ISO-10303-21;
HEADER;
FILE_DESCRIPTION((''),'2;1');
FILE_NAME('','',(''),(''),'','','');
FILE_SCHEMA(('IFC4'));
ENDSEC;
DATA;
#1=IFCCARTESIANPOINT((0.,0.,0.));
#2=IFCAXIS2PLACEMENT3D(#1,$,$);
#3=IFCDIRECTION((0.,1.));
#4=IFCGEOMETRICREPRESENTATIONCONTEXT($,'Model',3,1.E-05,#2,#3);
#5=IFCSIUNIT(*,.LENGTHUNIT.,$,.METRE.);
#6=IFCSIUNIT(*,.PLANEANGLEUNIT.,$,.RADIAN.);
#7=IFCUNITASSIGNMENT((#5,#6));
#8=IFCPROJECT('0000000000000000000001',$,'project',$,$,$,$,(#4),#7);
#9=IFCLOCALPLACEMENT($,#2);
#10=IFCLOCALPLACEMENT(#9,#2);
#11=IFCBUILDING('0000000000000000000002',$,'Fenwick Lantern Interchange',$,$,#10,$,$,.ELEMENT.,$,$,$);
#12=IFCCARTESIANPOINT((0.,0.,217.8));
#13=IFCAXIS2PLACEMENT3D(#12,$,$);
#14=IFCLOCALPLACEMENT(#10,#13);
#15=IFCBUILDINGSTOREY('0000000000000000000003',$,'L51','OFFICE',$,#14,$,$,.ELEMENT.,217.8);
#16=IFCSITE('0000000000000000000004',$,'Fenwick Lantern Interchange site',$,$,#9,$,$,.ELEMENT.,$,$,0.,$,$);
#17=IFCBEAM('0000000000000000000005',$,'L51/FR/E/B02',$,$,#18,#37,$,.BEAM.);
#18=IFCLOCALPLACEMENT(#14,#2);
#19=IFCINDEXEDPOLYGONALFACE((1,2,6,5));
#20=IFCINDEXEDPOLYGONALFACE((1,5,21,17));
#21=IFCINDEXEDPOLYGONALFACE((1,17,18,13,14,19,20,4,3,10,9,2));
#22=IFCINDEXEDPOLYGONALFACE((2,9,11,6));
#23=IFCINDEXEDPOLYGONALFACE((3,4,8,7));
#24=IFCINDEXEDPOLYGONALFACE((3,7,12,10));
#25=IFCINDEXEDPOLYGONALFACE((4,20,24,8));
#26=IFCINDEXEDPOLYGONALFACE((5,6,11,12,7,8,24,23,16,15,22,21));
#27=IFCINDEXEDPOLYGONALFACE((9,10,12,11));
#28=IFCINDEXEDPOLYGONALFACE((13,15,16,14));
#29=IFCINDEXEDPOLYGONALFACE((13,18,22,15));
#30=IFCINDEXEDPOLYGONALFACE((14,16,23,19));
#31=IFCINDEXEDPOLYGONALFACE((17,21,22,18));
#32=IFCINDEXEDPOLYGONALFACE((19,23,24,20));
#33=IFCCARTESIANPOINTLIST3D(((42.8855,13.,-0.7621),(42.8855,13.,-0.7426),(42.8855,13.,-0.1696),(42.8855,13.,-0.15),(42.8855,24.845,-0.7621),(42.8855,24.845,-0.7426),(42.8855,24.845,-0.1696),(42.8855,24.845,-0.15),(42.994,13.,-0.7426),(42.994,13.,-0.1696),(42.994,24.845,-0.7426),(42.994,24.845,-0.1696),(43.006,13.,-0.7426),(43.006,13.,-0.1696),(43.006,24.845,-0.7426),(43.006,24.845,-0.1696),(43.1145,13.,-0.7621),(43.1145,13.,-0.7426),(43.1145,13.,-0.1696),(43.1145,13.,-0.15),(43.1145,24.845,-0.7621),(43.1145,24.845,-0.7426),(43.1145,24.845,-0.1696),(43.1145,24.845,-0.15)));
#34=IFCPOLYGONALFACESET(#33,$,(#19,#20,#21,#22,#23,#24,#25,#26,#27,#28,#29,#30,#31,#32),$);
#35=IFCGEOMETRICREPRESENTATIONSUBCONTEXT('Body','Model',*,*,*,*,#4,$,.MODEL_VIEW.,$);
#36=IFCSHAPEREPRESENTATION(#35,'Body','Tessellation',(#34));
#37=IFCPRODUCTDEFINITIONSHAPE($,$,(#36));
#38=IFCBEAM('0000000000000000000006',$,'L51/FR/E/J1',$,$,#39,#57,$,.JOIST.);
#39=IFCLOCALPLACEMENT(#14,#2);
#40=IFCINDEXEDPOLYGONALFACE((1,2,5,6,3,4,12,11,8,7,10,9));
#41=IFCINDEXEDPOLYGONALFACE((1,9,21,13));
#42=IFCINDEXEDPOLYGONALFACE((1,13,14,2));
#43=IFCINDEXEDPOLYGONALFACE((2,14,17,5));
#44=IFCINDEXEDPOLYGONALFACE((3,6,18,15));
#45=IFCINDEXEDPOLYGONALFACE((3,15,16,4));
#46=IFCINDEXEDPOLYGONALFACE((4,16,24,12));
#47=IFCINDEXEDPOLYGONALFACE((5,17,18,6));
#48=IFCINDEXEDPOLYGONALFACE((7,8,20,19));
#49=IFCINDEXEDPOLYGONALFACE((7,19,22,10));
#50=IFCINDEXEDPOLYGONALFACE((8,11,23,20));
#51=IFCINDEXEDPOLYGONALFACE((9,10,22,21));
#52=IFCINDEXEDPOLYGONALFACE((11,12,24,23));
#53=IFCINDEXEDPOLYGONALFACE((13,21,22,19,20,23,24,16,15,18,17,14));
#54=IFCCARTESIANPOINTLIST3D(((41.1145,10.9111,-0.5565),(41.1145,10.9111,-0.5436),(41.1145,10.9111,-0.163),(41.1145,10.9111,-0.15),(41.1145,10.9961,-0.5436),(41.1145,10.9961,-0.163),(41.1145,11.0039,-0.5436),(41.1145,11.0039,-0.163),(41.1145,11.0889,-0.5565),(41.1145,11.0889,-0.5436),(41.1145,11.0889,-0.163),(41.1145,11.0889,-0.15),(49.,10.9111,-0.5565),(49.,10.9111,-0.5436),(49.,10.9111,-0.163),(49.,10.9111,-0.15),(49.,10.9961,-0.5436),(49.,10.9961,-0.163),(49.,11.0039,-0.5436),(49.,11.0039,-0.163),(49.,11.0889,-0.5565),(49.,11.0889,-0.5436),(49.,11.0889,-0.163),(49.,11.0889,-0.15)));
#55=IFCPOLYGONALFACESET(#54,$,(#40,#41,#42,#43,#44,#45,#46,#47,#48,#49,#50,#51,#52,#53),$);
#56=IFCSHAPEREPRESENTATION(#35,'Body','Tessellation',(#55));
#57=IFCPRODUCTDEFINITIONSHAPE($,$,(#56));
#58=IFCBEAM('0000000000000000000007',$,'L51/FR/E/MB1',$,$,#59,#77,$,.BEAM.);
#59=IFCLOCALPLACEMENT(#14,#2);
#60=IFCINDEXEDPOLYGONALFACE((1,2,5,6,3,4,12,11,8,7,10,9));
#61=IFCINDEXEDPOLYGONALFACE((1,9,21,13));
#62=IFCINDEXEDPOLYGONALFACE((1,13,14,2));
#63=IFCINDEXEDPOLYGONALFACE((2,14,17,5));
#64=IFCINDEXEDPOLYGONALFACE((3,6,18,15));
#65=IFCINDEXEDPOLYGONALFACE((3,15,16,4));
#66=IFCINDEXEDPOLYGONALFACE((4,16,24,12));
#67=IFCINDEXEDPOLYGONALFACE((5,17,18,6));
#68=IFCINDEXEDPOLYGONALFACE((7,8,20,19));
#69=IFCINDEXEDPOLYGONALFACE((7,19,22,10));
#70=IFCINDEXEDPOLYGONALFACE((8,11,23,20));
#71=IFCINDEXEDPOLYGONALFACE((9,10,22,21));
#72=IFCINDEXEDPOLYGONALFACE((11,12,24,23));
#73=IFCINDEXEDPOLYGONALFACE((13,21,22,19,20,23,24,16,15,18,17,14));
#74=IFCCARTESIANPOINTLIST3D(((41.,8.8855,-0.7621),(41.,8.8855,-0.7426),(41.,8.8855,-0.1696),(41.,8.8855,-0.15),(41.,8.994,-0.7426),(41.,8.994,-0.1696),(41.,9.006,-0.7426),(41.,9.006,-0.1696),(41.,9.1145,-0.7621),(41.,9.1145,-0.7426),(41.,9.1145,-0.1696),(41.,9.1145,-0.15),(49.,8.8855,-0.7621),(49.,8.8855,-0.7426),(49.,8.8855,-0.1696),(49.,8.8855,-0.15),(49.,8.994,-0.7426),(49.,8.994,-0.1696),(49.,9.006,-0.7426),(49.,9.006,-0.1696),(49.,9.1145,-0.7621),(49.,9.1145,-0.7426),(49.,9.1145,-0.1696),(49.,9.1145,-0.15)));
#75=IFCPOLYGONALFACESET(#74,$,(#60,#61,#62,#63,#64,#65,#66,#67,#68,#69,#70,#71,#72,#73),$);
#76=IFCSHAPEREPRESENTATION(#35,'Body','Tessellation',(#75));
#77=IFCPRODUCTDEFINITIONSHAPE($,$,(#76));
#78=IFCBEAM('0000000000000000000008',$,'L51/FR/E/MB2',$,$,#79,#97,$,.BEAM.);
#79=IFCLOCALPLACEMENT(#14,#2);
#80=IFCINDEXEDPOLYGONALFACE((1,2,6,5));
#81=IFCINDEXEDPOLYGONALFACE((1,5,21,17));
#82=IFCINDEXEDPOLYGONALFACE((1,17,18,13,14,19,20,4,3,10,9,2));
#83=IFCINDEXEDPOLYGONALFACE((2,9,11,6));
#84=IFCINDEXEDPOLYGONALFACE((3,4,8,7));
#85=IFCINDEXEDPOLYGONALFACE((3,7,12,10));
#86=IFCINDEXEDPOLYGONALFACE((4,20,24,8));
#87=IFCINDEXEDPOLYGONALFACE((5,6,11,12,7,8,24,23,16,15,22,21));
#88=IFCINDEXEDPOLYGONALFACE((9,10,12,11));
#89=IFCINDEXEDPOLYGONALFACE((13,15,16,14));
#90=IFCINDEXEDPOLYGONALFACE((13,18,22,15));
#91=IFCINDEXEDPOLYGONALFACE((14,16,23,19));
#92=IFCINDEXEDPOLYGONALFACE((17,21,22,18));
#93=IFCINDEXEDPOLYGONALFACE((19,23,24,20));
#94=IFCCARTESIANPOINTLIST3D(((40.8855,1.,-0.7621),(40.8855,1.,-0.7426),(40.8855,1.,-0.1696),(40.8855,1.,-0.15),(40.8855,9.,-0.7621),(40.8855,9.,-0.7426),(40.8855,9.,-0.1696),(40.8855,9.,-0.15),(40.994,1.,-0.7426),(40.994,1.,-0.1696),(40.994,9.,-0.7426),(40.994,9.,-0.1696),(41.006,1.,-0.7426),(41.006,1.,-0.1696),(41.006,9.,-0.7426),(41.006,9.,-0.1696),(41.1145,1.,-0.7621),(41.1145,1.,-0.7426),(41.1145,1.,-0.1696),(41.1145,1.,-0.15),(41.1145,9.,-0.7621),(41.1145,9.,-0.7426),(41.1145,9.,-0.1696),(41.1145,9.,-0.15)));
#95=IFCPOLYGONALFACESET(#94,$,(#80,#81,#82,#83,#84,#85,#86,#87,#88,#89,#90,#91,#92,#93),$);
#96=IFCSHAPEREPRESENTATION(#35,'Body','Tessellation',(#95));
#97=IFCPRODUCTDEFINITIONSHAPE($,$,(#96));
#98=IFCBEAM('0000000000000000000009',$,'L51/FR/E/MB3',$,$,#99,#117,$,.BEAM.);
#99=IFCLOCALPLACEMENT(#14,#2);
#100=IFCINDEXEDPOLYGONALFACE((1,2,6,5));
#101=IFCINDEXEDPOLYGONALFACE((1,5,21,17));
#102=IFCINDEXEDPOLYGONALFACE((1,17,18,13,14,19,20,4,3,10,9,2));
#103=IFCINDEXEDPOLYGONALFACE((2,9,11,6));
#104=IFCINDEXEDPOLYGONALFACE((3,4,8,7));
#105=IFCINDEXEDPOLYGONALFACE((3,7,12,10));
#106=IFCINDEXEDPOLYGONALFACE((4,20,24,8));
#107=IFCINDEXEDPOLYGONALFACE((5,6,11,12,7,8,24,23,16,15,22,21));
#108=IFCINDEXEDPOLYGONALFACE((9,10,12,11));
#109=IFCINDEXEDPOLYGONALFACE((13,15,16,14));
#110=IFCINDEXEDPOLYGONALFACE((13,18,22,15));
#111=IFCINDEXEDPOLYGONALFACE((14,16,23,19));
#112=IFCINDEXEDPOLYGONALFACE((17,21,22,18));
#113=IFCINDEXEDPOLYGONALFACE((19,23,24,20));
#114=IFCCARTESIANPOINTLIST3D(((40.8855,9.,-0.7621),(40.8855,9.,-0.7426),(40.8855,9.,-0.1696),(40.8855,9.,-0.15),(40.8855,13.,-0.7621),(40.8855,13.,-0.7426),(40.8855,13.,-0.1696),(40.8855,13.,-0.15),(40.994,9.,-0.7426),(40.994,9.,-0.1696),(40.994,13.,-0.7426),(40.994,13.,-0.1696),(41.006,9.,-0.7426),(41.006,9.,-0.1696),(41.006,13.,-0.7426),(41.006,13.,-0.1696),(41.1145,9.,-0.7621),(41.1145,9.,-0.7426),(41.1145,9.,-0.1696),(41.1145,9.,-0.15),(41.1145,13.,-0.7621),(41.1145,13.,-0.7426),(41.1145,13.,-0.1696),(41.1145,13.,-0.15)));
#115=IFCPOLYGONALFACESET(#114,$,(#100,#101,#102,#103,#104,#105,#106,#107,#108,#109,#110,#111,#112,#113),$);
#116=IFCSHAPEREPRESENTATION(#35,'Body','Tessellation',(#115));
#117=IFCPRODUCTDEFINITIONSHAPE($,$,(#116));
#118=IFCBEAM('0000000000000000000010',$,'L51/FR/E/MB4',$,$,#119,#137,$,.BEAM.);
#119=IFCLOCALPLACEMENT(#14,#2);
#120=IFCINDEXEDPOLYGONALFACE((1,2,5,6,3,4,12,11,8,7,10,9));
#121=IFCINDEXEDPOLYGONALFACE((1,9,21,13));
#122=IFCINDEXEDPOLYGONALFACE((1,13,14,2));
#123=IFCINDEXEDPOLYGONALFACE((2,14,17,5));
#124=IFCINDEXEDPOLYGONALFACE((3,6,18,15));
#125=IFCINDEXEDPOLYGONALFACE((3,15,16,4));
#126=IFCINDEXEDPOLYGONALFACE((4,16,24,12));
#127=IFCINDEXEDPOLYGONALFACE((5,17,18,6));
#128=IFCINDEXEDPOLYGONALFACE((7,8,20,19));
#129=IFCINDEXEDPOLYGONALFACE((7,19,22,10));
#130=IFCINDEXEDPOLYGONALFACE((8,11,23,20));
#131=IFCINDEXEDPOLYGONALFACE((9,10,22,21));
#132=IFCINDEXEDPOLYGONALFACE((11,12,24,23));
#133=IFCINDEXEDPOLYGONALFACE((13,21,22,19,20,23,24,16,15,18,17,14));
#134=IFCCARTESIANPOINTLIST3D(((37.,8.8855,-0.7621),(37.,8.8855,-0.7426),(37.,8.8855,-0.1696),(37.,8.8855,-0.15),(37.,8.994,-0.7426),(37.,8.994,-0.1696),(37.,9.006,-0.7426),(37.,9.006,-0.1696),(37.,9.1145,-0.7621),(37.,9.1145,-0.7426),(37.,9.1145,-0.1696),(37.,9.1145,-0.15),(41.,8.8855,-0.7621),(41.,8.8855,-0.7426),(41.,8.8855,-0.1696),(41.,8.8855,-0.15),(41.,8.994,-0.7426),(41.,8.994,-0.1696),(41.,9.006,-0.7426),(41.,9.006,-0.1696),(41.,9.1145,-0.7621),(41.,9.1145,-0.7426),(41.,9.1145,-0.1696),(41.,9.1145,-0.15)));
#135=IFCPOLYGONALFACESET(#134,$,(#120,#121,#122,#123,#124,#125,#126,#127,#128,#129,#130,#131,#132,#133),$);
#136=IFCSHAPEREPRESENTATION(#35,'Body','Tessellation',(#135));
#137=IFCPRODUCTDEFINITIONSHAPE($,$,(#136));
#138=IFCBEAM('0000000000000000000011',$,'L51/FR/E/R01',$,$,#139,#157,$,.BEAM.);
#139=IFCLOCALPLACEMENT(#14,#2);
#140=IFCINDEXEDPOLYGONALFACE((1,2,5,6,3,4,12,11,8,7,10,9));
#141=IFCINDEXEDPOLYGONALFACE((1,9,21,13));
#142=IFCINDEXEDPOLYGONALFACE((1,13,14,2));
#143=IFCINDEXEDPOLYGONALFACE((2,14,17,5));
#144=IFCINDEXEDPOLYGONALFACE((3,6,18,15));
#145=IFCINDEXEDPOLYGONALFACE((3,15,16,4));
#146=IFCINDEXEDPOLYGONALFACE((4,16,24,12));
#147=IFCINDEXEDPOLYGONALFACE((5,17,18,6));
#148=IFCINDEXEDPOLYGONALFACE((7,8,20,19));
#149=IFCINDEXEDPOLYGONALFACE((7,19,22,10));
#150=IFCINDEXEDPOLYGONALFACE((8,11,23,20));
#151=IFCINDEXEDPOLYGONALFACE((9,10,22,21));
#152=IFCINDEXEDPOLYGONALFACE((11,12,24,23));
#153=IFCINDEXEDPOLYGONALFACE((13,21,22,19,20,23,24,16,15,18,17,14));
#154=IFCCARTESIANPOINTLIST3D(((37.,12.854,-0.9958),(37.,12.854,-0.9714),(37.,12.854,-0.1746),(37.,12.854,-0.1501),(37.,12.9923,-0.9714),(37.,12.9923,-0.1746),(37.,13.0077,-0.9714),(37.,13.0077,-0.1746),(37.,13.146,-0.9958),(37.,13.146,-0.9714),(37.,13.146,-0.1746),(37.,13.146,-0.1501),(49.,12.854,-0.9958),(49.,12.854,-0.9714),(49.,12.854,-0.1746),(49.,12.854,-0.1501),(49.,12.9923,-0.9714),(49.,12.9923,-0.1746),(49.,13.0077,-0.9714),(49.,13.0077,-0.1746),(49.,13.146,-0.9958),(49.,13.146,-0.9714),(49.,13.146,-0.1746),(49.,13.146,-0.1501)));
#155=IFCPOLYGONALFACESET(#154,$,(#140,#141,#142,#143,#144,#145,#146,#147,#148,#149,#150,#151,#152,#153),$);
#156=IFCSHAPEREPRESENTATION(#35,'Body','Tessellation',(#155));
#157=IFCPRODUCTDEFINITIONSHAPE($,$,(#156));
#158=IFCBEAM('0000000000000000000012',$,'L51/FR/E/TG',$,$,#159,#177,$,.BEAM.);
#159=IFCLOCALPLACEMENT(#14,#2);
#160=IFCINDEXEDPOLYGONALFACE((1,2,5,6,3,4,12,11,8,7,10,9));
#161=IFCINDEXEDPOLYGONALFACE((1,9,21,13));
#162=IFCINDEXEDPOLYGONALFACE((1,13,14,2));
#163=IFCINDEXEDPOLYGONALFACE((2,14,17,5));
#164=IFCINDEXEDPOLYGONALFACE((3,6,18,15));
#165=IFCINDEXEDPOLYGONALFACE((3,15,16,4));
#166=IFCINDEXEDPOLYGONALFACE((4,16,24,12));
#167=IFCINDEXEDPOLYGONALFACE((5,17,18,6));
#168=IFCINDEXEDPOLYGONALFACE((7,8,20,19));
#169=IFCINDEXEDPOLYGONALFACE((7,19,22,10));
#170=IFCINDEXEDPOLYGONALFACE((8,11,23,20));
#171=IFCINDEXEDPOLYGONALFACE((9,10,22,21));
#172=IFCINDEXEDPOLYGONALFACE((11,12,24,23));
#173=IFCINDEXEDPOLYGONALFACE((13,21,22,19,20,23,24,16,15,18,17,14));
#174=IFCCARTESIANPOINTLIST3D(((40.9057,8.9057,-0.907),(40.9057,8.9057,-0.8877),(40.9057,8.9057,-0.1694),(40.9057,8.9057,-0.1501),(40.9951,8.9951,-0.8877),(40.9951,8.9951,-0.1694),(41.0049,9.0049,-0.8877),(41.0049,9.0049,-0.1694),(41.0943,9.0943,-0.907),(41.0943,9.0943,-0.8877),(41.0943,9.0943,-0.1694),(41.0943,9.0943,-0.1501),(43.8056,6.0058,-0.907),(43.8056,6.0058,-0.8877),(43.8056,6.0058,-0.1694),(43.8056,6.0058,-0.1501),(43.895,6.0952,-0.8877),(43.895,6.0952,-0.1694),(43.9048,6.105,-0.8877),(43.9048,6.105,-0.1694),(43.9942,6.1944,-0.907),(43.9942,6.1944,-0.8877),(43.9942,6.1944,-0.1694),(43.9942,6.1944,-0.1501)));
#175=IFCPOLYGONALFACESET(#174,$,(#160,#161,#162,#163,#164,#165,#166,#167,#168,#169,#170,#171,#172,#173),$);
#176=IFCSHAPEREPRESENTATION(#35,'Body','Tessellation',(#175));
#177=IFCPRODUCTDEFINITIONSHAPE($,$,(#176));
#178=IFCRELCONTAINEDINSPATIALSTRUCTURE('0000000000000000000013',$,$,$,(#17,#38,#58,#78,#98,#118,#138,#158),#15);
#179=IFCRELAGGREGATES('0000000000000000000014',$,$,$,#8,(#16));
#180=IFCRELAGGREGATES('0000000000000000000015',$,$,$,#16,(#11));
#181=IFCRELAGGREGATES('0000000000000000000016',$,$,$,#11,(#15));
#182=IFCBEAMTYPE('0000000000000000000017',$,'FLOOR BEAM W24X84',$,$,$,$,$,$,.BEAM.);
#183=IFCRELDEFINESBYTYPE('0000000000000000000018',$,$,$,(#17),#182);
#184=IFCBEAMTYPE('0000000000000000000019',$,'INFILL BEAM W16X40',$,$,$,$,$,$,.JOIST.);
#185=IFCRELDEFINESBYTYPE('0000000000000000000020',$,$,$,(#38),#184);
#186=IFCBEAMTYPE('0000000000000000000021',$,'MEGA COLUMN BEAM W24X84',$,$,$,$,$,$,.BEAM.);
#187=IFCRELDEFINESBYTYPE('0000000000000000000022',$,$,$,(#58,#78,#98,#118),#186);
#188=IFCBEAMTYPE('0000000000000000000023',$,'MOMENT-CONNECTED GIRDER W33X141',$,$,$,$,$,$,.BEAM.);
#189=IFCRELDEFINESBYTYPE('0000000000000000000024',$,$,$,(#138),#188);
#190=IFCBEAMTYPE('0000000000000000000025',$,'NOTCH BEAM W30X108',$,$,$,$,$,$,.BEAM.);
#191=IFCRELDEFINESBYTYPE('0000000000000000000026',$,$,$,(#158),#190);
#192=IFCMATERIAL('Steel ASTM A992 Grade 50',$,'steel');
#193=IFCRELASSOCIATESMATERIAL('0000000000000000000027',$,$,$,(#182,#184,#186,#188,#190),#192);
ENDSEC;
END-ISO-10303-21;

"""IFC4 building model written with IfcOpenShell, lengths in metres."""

from ifc_helpers import new_model, si_unit, direction, frame, origin, origin_2d, place, context, subcontext, project, spatial, i_section, extrude, material, material_profile, profile_set, type_object, element, save


model = new_model("IFC4")

# Units and contexts
model_context = context("Model", 3, precision=1e-05, world=origin(), true_north=direction((0.0, 1.0)))
body_context = subcontext(model_context, "Body", "Model", "MODEL_VIEW")
ifc_project = project(units=[si_unit("LENGTHUNIT", "METRE"), si_unit("PLANEANGLEUNIT", "RADIAN")], contexts=[model_context])

# Site, building, storey
site_placement = place(None, origin())
site = spatial("IfcSite", under=ifc_project, at=site_placement, Name="Fenwick Lantern Interchange site", CompositionType="ELEMENT", RefElevation=0.0)
building_placement = place(site_placement, origin())
building = spatial("IfcBuilding", under=site, at=building_placement, Name="Fenwick Lantern Interchange", CompositionType="ELEMENT")
storey_placement = place(building_placement, frame((0.0, 0.0, 217.8)))
storey = spatial("IfcBuildingStorey", under=building, at=storey_placement, Name="L51", Description="OFFICE", CompositionType="ELEMENT", Elevation=217.8)

# Shared definitions
ifc_material_1 = material(Name="Steel ASTM A992 Grade 50", Category="steel")

# Beams
ifc_material_profile_1 = material_profile(ifc_material_1, i_section(OverallWidth=0.229, OverallDepth=0.6121, WebThickness=0.012, FlangeThickness=0.0195, at=origin_2d()), Name="W24X84")
ifc_profile_set_1 = profile_set([ifc_material_profile_1], Name="Steel ASTM A992 Grade 50")
beam_type_1 = type_object("IfcBeamType", Name="FLOOR BEAM W24X84", PredefinedType="BEAM", material=ifc_profile_set_1)
for number, where, z_axis, x_axis, name in (
    (1, (43.0, 13.0, -0.4561), (0.0, 1.0, 0.0), (-1.0, 0.0, 0.0), "L51/FR/E/B02"),
):
    element("IfcBeam", number, at=place(storey_placement, frame(where, z_axis=z_axis, x_axis=x_axis)), inside=storey, type_object=beam_type_1, Name=name, PredefinedType="BEAM", context=body_context, shape_type="SweptSolid", body=[
        extrude(i_section(OverallWidth=0.229, OverallDepth=0.6121, WebThickness=0.012, FlangeThickness=0.0195, at=origin_2d()), origin(), (0.0, 0.0, 1.0), 11.845),
    ])
ifc_material_profile_2 = material_profile(ifc_material_1, i_section(OverallWidth=0.1777, OverallDepth=0.4065, WebThickness=0.0078, FlangeThickness=0.0129, at=origin_2d()), Name="W16X40")
ifc_profile_set_2 = profile_set([ifc_material_profile_2], Name="Steel ASTM A992 Grade 50")
beam_type_2 = type_object("IfcBeamType", Name="INFILL BEAM W16X40", PredefinedType="JOIST", material=ifc_profile_set_2)
beam_1_placement = place(storey_placement, frame((49.0, 11.0, -0.3533), z_axis=(-1.0, 0.0, 0.0), x_axis=(0.0, -1.0, 0.0)))
element("IfcBeam", 2, at=beam_1_placement, inside=storey, type_object=beam_type_2, Name="L51/FR/E/J1", PredefinedType="JOIST", context=body_context, shape_type="SweptSolid", body=[
    extrude(i_section(OverallWidth=0.1777, OverallDepth=0.4065, WebThickness=0.0078, FlangeThickness=0.0129, at=origin_2d()), origin(), (0.0, 0.0, 1.0), 7.8855),
])
ifc_material_profile_3 = material_profile(ifc_material_1, i_section(OverallWidth=0.229, OverallDepth=0.6121, WebThickness=0.012, FlangeThickness=0.0195, at=origin_2d()), Name="W24X84")
ifc_profile_set_3 = profile_set([ifc_material_profile_3], Name="Steel ASTM A992 Grade 50")
beam_type_3 = type_object("IfcBeamType", Name="MEGA COLUMN BEAM W24X84", PredefinedType="BEAM", material=ifc_profile_set_3)
for number, where, z_axis, x_axis, name in (
    (3, (41.0, 9.0, -0.4561), (1.0, 0.0, 0.0), (0.0, 1.0, 0.0), "L51/FR/E/MB1"),
    (4, (41.0, 9.0, -0.4561), (0.0, -1.0, 0.0), (1.0, 0.0, 0.0), "L51/FR/E/MB2"),
):
    element("IfcBeam", number, at=place(storey_placement, frame(where, z_axis=z_axis, x_axis=x_axis)), inside=storey, type_object=beam_type_3, Name=name, PredefinedType="BEAM", context=body_context, shape_type="SweptSolid", body=[
        extrude(i_section(OverallWidth=0.229, OverallDepth=0.6121, WebThickness=0.012, FlangeThickness=0.0195, at=origin_2d()), origin(), (0.0, 0.0, 1.0), 8.0),
    ])
for number, where, z_axis, x_axis, name in (
    (5, (41.0, 9.0, -0.4561), (0.0, 1.0, 0.0), (-1.0, 0.0, 0.0), "L51/FR/E/MB3"),
    (6, (41.0, 9.0, -0.4561), (-1.0, 0.0, 0.0), (0.0, -1.0, 0.0), "L51/FR/E/MB4"),
):
    element("IfcBeam", number, at=place(storey_placement, frame(where, z_axis=z_axis, x_axis=x_axis)), inside=storey, type_object=beam_type_3, Name=name, PredefinedType="BEAM", context=body_context, shape_type="SweptSolid", body=[
        extrude(i_section(OverallWidth=0.229, OverallDepth=0.6121, WebThickness=0.012, FlangeThickness=0.0195, at=origin_2d()), origin(), (0.0, 0.0, 1.0), 4.0),
    ])
ifc_material_profile_4 = material_profile(ifc_material_1, i_section(OverallWidth=0.292, OverallDepth=0.8457, WebThickness=0.0154, FlangeThickness=0.0244, at=origin_2d()), Name="W33X141")
ifc_profile_set_4 = profile_set([ifc_material_profile_4], Name="Steel ASTM A992 Grade 50")
beam_type_4 = type_object("IfcBeamType", Name="MOMENT-CONNECTED GIRDER W33X141", PredefinedType="BEAM", material=ifc_profile_set_4)
beam_2_placement = place(storey_placement, frame((49.0, 13.0, -0.573), z_axis=(-1.0, 0.0, 0.0), x_axis=(0.0, -1.0, 0.0)))
element("IfcBeam", 7, at=beam_2_placement, inside=storey, type_object=beam_type_4, Name="L51/FR/E/R01", PredefinedType="BEAM", context=body_context, shape_type="SweptSolid", body=[
    extrude(i_section(OverallWidth=0.292, OverallDepth=0.8457, WebThickness=0.0154, FlangeThickness=0.0244, at=origin_2d()), origin(), (0.0, 0.0, 1.0), 12.0),
])
ifc_material_profile_5 = material_profile(ifc_material_1, i_section(OverallWidth=0.2666, OverallDepth=0.7568, WebThickness=0.0139, FlangeThickness=0.0193, at=origin_2d()), Name="W30X108")
ifc_profile_set_5 = profile_set([ifc_material_profile_5], Name="Steel ASTM A992 Grade 50")
beam_type_5 = type_object("IfcBeamType", Name="NOTCH BEAM W30X108", PredefinedType="BEAM", material=ifc_profile_set_5)
beam_3_placement = place(storey_placement, frame((41.0, 9.0, -0.5286), z_axis=(0.707107, -0.707107, 0.0), x_axis=(0.707107, 0.707107, 0.0)))
element("IfcBeam", 8, at=beam_3_placement, inside=storey, type_object=beam_type_5, Name="L51/FR/E/TG", PredefinedType="BEAM", context=body_context, shape_type="SweptSolid", body=[
    extrude(i_section(OverallWidth=0.2666, OverallDepth=0.7568, WebThickness=0.0139, FlangeThickness=0.0193, at=origin_2d()), origin(), (0.0, 0.0, 1.0), 4.1011),
])

save(model, "model.ifc")
